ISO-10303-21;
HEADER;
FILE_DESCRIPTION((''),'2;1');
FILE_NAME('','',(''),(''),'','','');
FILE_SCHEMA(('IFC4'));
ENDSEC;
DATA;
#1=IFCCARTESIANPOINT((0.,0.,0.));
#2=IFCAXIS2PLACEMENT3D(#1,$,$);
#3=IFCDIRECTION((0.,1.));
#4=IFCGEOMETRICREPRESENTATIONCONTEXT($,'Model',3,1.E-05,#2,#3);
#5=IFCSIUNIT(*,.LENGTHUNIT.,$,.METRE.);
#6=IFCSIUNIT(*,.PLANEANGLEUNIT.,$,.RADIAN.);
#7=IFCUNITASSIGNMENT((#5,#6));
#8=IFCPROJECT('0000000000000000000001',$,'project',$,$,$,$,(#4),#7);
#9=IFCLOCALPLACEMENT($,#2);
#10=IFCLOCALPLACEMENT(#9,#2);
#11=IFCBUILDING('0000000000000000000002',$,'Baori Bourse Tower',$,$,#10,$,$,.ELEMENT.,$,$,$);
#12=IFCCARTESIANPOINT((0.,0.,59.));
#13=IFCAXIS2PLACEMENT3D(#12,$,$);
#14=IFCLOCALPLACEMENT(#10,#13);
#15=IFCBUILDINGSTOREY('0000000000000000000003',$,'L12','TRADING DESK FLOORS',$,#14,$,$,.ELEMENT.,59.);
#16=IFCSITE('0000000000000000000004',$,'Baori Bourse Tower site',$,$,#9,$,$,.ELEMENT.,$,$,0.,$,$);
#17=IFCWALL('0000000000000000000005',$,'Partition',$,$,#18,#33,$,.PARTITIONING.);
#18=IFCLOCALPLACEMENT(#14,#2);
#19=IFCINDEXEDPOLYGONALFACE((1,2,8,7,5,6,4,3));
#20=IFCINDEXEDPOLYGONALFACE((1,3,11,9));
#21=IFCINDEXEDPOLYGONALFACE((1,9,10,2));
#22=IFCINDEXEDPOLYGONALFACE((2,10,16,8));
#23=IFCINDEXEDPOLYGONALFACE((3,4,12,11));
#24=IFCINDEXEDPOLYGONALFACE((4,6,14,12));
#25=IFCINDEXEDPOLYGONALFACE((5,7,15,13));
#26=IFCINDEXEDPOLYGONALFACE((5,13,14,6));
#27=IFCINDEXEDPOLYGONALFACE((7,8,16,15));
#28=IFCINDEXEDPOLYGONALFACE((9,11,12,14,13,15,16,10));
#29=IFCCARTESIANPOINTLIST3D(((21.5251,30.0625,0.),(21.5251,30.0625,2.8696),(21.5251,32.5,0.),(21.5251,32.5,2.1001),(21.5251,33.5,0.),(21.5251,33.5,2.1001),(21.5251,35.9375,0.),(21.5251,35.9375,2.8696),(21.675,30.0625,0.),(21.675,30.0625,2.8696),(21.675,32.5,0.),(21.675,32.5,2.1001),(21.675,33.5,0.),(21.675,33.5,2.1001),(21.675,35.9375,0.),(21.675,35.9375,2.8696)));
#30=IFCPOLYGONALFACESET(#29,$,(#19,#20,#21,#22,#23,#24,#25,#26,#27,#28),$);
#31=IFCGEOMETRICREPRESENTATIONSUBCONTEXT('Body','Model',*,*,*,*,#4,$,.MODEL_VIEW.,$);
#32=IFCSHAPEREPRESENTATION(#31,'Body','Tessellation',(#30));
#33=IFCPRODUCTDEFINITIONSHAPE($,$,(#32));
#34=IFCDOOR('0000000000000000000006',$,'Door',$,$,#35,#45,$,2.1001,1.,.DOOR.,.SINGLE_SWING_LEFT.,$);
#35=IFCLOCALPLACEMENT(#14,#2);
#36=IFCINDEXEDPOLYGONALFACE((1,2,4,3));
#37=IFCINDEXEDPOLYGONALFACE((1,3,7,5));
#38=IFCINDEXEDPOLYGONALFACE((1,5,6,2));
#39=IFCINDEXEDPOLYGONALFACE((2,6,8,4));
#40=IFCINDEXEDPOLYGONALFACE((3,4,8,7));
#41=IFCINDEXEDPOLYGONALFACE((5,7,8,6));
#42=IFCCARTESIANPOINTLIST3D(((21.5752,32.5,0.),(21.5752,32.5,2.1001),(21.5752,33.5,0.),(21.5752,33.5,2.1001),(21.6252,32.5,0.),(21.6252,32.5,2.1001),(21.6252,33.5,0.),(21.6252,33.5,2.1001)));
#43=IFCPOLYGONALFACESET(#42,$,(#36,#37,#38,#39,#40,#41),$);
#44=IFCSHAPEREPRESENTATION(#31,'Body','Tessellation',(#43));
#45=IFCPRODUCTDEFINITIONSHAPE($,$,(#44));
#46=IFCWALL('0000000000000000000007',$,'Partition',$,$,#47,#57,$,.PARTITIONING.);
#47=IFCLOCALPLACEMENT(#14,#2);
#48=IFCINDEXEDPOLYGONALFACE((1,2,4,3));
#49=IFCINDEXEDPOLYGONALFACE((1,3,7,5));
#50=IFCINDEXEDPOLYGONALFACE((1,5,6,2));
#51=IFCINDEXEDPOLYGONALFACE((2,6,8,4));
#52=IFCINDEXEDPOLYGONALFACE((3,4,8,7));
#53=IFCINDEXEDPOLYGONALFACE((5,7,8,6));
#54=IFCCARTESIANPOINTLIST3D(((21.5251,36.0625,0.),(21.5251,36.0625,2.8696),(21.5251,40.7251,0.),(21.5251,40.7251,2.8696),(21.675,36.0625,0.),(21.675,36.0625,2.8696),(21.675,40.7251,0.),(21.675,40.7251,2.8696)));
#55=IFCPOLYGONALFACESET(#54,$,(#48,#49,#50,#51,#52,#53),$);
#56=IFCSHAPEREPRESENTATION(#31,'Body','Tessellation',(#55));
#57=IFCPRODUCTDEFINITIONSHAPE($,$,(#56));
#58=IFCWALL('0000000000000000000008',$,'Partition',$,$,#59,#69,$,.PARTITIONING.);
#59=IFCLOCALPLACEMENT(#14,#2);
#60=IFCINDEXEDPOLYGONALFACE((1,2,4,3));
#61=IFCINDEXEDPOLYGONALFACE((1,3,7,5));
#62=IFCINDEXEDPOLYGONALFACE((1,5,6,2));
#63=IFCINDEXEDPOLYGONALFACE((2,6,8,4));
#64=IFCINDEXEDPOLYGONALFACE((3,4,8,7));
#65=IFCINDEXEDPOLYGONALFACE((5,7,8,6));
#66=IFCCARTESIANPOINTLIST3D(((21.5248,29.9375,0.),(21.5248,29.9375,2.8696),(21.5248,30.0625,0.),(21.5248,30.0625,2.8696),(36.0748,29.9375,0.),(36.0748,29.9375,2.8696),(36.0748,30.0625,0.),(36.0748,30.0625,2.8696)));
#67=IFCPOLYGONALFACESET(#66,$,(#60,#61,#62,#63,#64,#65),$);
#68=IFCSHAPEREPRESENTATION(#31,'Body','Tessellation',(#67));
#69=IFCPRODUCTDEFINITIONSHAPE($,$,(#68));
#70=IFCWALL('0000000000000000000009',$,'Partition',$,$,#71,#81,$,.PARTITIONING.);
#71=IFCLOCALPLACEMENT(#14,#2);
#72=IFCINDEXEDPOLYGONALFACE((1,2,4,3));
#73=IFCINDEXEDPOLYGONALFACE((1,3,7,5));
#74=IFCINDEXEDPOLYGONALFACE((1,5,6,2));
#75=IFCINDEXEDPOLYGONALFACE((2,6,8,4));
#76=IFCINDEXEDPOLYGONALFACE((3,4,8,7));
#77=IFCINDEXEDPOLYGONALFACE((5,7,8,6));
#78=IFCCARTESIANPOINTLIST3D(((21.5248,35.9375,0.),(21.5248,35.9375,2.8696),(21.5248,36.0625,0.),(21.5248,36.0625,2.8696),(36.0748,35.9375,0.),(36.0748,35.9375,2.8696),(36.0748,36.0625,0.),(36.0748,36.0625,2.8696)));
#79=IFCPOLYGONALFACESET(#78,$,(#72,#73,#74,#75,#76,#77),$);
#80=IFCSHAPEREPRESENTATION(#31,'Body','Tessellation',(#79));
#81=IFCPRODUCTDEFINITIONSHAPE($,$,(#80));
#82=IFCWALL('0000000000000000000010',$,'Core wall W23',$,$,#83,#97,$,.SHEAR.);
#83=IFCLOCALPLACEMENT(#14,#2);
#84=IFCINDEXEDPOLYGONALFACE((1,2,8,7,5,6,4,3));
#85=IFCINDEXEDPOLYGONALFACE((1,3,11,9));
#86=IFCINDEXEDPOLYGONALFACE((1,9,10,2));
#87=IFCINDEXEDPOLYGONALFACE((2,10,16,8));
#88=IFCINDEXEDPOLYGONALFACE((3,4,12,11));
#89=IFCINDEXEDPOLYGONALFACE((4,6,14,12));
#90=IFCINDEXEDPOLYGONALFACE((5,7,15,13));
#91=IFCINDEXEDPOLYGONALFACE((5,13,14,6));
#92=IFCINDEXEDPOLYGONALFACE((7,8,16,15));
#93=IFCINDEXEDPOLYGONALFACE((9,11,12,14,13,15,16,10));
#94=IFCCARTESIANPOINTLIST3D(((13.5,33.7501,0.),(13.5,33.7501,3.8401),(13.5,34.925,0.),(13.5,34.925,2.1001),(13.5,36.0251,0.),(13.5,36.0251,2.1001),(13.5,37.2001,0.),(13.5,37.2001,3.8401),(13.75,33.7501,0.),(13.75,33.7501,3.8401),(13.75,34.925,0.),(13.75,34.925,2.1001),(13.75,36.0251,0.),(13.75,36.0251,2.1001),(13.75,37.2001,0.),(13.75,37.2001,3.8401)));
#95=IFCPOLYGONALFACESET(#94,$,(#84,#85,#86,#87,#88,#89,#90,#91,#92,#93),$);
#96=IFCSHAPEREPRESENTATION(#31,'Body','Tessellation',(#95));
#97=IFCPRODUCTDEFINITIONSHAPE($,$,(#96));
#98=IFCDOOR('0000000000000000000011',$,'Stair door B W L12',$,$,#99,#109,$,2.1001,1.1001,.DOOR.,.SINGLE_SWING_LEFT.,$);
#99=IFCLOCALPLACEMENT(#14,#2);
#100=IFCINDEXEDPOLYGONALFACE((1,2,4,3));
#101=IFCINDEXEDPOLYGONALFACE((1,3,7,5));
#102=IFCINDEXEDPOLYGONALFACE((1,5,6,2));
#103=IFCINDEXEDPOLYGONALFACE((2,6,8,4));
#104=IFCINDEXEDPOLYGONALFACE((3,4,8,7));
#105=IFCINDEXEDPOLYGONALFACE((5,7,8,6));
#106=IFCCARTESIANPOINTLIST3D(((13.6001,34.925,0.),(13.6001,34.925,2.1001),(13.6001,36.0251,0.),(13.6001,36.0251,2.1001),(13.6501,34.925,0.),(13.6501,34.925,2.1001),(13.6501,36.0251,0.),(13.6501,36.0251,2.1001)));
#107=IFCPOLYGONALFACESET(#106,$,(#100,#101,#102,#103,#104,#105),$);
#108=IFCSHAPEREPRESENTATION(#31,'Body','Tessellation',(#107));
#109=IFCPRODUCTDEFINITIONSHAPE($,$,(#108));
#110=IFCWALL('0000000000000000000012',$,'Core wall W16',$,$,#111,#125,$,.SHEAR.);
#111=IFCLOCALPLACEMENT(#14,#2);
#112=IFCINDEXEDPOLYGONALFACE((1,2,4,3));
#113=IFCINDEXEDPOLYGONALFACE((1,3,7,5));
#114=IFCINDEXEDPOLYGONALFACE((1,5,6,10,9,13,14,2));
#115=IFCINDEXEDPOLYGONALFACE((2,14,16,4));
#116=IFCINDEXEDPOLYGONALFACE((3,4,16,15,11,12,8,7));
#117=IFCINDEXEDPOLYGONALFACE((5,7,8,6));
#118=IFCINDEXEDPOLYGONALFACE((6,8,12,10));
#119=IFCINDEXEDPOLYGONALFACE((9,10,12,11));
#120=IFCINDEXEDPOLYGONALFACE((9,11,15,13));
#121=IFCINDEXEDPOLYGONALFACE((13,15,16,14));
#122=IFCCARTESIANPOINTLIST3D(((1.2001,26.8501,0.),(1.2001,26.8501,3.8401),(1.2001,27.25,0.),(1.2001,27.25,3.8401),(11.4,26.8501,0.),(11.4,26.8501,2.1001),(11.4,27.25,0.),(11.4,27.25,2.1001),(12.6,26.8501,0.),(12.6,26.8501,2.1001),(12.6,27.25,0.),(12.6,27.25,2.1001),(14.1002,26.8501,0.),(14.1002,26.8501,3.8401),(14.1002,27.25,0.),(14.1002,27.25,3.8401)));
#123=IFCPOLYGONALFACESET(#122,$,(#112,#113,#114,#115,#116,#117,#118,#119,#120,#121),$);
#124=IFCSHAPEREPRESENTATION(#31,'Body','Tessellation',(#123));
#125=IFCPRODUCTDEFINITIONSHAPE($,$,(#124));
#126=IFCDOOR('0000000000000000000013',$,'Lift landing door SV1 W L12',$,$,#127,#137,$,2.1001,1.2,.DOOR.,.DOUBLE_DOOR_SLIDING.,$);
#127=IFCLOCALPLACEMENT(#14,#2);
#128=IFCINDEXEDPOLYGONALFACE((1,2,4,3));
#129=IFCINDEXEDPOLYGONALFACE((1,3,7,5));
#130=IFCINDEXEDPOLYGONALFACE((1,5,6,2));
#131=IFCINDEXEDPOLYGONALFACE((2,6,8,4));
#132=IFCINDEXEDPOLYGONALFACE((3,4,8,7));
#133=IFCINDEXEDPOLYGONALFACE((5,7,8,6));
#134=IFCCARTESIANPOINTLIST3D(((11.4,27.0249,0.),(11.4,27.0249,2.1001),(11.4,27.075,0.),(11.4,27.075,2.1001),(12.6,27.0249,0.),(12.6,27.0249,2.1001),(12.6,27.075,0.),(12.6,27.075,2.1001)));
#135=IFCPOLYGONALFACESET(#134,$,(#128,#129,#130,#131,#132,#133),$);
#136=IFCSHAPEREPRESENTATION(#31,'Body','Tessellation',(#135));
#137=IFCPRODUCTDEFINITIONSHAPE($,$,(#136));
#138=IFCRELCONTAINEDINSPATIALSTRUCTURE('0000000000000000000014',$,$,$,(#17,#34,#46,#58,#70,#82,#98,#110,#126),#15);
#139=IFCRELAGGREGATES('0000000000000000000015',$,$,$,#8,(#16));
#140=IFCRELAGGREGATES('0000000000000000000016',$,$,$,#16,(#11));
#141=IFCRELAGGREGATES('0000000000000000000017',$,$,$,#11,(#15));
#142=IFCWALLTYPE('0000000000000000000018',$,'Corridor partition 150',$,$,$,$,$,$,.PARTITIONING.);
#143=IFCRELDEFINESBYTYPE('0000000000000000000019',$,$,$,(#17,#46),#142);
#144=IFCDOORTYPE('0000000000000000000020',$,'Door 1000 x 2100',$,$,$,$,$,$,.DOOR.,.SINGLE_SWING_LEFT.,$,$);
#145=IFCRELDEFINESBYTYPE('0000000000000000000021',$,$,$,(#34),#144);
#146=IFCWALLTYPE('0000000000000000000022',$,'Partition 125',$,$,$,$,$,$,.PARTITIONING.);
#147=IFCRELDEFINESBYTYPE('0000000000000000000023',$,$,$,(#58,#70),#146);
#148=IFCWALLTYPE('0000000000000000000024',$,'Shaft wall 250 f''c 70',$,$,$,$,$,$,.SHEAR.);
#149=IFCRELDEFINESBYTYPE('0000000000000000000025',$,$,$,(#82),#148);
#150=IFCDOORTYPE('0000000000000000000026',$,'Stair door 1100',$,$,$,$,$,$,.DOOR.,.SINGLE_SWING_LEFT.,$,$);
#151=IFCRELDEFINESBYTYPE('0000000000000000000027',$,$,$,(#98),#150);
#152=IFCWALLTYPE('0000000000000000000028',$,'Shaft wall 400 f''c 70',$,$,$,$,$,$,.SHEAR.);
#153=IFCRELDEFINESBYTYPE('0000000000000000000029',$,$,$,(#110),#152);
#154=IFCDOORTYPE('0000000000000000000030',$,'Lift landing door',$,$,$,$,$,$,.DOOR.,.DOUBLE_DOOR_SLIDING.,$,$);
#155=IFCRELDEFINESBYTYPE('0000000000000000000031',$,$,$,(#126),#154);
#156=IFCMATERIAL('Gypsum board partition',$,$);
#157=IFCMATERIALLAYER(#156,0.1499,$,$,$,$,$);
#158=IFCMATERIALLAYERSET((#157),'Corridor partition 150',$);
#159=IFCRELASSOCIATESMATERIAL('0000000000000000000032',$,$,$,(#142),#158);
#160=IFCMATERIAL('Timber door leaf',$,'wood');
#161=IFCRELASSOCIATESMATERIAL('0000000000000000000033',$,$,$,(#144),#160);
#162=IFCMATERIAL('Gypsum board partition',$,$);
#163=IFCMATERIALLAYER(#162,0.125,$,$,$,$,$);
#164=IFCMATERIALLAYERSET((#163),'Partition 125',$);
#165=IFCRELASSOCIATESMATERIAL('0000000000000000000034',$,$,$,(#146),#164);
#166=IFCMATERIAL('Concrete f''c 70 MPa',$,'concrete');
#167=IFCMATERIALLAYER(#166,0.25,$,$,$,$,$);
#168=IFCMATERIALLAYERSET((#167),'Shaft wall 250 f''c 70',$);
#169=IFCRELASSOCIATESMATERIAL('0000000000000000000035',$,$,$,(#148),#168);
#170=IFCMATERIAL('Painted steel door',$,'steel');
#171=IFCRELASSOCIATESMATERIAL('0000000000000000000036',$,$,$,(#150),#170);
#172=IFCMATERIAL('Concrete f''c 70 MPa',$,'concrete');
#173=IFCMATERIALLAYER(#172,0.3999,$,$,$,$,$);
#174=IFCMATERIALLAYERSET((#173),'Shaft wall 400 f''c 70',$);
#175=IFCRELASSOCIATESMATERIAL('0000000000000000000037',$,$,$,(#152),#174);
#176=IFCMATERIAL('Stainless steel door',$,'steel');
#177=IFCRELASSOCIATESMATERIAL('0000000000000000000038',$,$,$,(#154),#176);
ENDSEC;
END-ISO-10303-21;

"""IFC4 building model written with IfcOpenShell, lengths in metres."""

from ifc_helpers import new_model, si_unit, direction, frame, frame_2d, origin, place, context, subcontext, project, spatial, rectangle, extrude, material, layer, layer_set, type_object, element, fill, save


model = new_model("IFC4")

# Units and contexts
model_context = context("Model", 3, precision=1e-05, world=origin(), true_north=direction((0.0, 1.0)))
body_context = subcontext(model_context, "Body", "Model", "MODEL_VIEW")
ifc_project = project(units=[si_unit("LENGTHUNIT", "METRE"), si_unit("PLANEANGLEUNIT", "RADIAN")], contexts=[model_context])

# Site, building, storey
site_placement = place(None, origin())
site = spatial("IfcSite", under=ifc_project, at=site_placement, Name="Baori Bourse Tower site", CompositionType="ELEMENT", RefElevation=0.0)
building_placement = place(site_placement, origin())
building = spatial("IfcBuilding", under=site, at=building_placement, Name="Baori Bourse Tower", CompositionType="ELEMENT")
storey_placement = place(building_placement, frame((0.0, 0.0, 59.0)))
storey = spatial("IfcBuildingStorey", under=building, at=storey_placement, Name="L12", Description="TRADING DESK FLOORS", CompositionType="ELEMENT", Elevation=59.0)

# Wall, opening, door
ifc_material_1 = material(Name="Gypsum board partition")
ifc_layer_1 = layer(ifc_material_1, 0.1499)
ifc_layer_set_1 = layer_set([ifc_layer_1], Name="Corridor partition 150")
wall_type_1 = type_object("IfcWallType", Name="Corridor partition 150", PredefinedType="PARTITIONING", material=ifc_layer_set_1)
wall_1_placement = place(storey_placement, frame((21.6001, 30.0625, 0.0), z_axis=(0.0, 0.0, 1.0), x_axis=(0.0, 1.0, 0.0)))
wall_1 = element("IfcWall", 1, at=wall_1_placement, inside=storey, type_object=wall_type_1, Name="Partition", PredefinedType="PARTITIONING", context=body_context, shape_type="SweptSolid", body=[
    extrude(rectangle(XDim=5.875, YDim=0.1499, at=frame_2d((2.9375, 0.0))), origin(), (0.0, 0.0, 1.0), 2.8696),
])
opening_1_placement = place(wall_1_placement, frame((2.4375, 0.0, 0.0)))
opening_1 = element("IfcOpeningElement", 2, at=opening_1_placement, cuts=wall_1, PredefinedType="OPENING", context=body_context, shape_type="SweptSolid", body=[
    extrude(rectangle(XDim=1.0, YDim=2.1001, at=frame_2d((0.5, 1.05))), frame((0.0, 0.085, 0.0), z_axis=(0.0, -1.0, 0.0), x_axis=(1.0, 0.0, 0.0)), (0.0, 0.0, 1.0), 0.1699),
])
ifc_material_2 = material(Name="Timber door leaf", Category="wood")
door_type_1 = type_object("IfcDoorType", Name="Door 1000 x 2100", OperationType="SINGLE_SWING_LEFT", PredefinedType="DOOR", material=ifc_material_2)
door_1_placement = place(opening_1_placement, origin())
door_1 = element("IfcDoor", 3, at=door_1_placement, inside=storey, type_object=door_type_1, Name="Door", OperationType="SINGLE_SWING_LEFT", OverallHeight=2.1001, OverallWidth=1.0, PredefinedType="DOOR", context=body_context, shape_type="SweptSolid", body=[
    extrude(rectangle(XDim=1.0, YDim=2.1001, at=frame_2d((0.5, 1.05))), frame((0.0, 0.0249, 0.0), z_axis=(0.0, -1.0, 0.0), x_axis=(1.0, 0.0, 0.0)), (0.0, 0.0, 1.0), 0.05),
])
fill(opening_1, door_1)

# Walls
wall_2_placement = place(storey_placement, frame((21.6001, 36.0625, 0.0), z_axis=(0.0, 0.0, 1.0), x_axis=(0.0, 1.0, 0.0)))
element("IfcWall", 4, at=wall_2_placement, inside=storey, type_object=wall_type_1, Name="Partition", PredefinedType="PARTITIONING", context=body_context, shape_type="SweptSolid", body=[
    extrude(rectangle(XDim=4.6626, YDim=0.1499, at=frame_2d((2.3313, 0.0))), origin(), (0.0, 0.0, 1.0), 2.8696),
])
ifc_material_3 = material(Name="Gypsum board partition")
ifc_layer_2 = layer(ifc_material_3, 0.125)
ifc_layer_set_2 = layer_set([ifc_layer_2], Name="Partition 125")
wall_type_2 = type_object("IfcWallType", Name="Partition 125", PredefinedType="PARTITIONING", material=ifc_layer_set_2)
for number, where, z_axis, x_axis, name in (
    (5, (21.5249, 30.0, 0.0), (0.0, 0.0, 1.0), (1.0, 0.0, 0.0), "Partition"),
    (6, (21.5249, 36.0, 0.0), (0.0, 0.0, 1.0), (1.0, 0.0, 0.0), "Partition"),
):
    element("IfcWall", number, at=place(storey_placement, frame(where, z_axis=z_axis, x_axis=x_axis)), inside=storey, type_object=wall_type_2, Name=name, PredefinedType="PARTITIONING", context=body_context, shape_type="SweptSolid", body=[
        extrude(rectangle(XDim=14.55, YDim=0.125, at=frame_2d((7.2749, 0.0))), origin(), (0.0, 0.0, 1.0), 2.8696),
    ])

# Walls, openings, doors
ifc_material_4 = material(Name="Concrete f'c 70 MPa", Category="concrete")
ifc_layer_3 = layer(ifc_material_4, 0.25)
ifc_layer_set_3 = layer_set([ifc_layer_3], Name="Shaft wall 250 f'c 70")
wall_type_3 = type_object("IfcWallType", Name="Shaft wall 250 f'c 70", PredefinedType="SHEAR", material=ifc_layer_set_3)
wall_3_placement = place(storey_placement, frame((13.625, 33.75, 0.0), z_axis=(0.0, 0.0, 1.0), x_axis=(0.0, 1.0, 0.0)))
wall_3 = element("IfcWall", 7, at=wall_3_placement, inside=storey, type_object=wall_type_3, Name="Core wall W23", PredefinedType="SHEAR", context=body_context, shape_type="SweptSolid", body=[
    extrude(rectangle(XDim=3.45, YDim=0.25, at=frame_2d((1.7251, 0.0))), origin(), (0.0, 0.0, 1.0), 3.8401),
])
opening_2_placement = place(wall_3_placement, frame((1.175, 0.0, 0.0)))
opening_2 = element("IfcOpeningElement", 8, at=opening_2_placement, cuts=wall_3, PredefinedType="OPENING", context=body_context, shape_type="SweptSolid", body=[
    extrude(rectangle(XDim=1.1001, YDim=2.1001, at=frame_2d((0.55, 1.05))), frame((0.0, 0.135, 0.0), z_axis=(0.0, -1.0, 0.0), x_axis=(1.0, 0.0, 0.0)), (0.0, 0.0, 1.0), 0.27),
])
ifc_material_5 = material(Name="Painted steel door", Category="steel")
door_type_2 = type_object("IfcDoorType", Name="Stair door 1100", OperationType="SINGLE_SWING_LEFT", PredefinedType="DOOR", material=ifc_material_5)
door_2_placement = place(opening_2_placement, origin())
door_2 = element("IfcDoor", 9, at=door_2_placement, inside=storey, type_object=door_type_2, Name="Stair door B W L12", OperationType="SINGLE_SWING_LEFT", OverallHeight=2.1001, OverallWidth=1.1001, PredefinedType="DOOR", context=body_context, shape_type="SweptSolid", body=[
    extrude(rectangle(XDim=1.1001, YDim=2.1001, at=frame_2d((0.55, 1.05))), frame((0.0, 0.0249, 0.0), z_axis=(0.0, -1.0, 0.0), x_axis=(1.0, 0.0, 0.0)), (0.0, 0.0, 1.0), 0.05),
])
fill(opening_2, door_2)
ifc_material_6 = material(Name="Concrete f'c 70 MPa", Category="concrete")
ifc_layer_4 = layer(ifc_material_6, 0.3999)
ifc_layer_set_4 = layer_set([ifc_layer_4], Name="Shaft wall 400 f'c 70")
wall_type_4 = type_object("IfcWallType", Name="Shaft wall 400 f'c 70", PredefinedType="SHEAR", material=ifc_layer_set_4)
wall_4_placement = place(storey_placement, frame((1.2, 27.05, 0.0), z_axis=(0.0, 0.0, 1.0), x_axis=(1.0, 0.0, 0.0)))
wall_4 = element("IfcWall", 10, at=wall_4_placement, inside=storey, type_object=wall_type_4, Name="Core wall W16", PredefinedType="SHEAR", context=body_context, shape_type="SweptSolid", body=[
    extrude(rectangle(XDim=12.9001, YDim=0.3999, at=frame_2d((6.4502, 0.0))), origin(), (0.0, 0.0, 1.0), 3.8401),
])
opening_3_placement = place(wall_4_placement, frame((10.2, 0.0, 0.0)))
opening_3 = element("IfcOpeningElement", 11, at=opening_3_placement, cuts=wall_4, PredefinedType="OPENING", context=body_context, shape_type="SweptSolid", body=[
    extrude(rectangle(XDim=1.2, YDim=2.1001, at=frame_2d((0.6001, 1.05))), frame((0.0, 0.21, 0.0), z_axis=(0.0, -1.0, 0.0), x_axis=(1.0, 0.0, 0.0)), (0.0, 0.0, 1.0), 0.4199),
])
ifc_material_7 = material(Name="Stainless steel door", Category="steel")
door_type_3 = type_object("IfcDoorType", Name="Lift landing door", OperationType="DOUBLE_DOOR_SLIDING", PredefinedType="DOOR", material=ifc_material_7)
door_3_placement = place(opening_3_placement, origin())
door_3 = element("IfcDoor", 12, at=door_3_placement, inside=storey, type_object=door_type_3, Name="Lift landing door SV1 W L12", OperationType="DOUBLE_DOOR_SLIDING", OverallHeight=2.1001, OverallWidth=1.2, PredefinedType="DOOR", context=body_context, shape_type="SweptSolid", body=[
    extrude(rectangle(XDim=1.2, YDim=2.1001, at=frame_2d((0.6001, 1.05))), frame((0.0, 0.0249, 0.0), z_axis=(0.0, -1.0, 0.0), x_axis=(1.0, 0.0, 0.0)), (0.0, 0.0, 1.0), 0.05),
])
fill(opening_3, door_3)

save(model, "model.ifc")
